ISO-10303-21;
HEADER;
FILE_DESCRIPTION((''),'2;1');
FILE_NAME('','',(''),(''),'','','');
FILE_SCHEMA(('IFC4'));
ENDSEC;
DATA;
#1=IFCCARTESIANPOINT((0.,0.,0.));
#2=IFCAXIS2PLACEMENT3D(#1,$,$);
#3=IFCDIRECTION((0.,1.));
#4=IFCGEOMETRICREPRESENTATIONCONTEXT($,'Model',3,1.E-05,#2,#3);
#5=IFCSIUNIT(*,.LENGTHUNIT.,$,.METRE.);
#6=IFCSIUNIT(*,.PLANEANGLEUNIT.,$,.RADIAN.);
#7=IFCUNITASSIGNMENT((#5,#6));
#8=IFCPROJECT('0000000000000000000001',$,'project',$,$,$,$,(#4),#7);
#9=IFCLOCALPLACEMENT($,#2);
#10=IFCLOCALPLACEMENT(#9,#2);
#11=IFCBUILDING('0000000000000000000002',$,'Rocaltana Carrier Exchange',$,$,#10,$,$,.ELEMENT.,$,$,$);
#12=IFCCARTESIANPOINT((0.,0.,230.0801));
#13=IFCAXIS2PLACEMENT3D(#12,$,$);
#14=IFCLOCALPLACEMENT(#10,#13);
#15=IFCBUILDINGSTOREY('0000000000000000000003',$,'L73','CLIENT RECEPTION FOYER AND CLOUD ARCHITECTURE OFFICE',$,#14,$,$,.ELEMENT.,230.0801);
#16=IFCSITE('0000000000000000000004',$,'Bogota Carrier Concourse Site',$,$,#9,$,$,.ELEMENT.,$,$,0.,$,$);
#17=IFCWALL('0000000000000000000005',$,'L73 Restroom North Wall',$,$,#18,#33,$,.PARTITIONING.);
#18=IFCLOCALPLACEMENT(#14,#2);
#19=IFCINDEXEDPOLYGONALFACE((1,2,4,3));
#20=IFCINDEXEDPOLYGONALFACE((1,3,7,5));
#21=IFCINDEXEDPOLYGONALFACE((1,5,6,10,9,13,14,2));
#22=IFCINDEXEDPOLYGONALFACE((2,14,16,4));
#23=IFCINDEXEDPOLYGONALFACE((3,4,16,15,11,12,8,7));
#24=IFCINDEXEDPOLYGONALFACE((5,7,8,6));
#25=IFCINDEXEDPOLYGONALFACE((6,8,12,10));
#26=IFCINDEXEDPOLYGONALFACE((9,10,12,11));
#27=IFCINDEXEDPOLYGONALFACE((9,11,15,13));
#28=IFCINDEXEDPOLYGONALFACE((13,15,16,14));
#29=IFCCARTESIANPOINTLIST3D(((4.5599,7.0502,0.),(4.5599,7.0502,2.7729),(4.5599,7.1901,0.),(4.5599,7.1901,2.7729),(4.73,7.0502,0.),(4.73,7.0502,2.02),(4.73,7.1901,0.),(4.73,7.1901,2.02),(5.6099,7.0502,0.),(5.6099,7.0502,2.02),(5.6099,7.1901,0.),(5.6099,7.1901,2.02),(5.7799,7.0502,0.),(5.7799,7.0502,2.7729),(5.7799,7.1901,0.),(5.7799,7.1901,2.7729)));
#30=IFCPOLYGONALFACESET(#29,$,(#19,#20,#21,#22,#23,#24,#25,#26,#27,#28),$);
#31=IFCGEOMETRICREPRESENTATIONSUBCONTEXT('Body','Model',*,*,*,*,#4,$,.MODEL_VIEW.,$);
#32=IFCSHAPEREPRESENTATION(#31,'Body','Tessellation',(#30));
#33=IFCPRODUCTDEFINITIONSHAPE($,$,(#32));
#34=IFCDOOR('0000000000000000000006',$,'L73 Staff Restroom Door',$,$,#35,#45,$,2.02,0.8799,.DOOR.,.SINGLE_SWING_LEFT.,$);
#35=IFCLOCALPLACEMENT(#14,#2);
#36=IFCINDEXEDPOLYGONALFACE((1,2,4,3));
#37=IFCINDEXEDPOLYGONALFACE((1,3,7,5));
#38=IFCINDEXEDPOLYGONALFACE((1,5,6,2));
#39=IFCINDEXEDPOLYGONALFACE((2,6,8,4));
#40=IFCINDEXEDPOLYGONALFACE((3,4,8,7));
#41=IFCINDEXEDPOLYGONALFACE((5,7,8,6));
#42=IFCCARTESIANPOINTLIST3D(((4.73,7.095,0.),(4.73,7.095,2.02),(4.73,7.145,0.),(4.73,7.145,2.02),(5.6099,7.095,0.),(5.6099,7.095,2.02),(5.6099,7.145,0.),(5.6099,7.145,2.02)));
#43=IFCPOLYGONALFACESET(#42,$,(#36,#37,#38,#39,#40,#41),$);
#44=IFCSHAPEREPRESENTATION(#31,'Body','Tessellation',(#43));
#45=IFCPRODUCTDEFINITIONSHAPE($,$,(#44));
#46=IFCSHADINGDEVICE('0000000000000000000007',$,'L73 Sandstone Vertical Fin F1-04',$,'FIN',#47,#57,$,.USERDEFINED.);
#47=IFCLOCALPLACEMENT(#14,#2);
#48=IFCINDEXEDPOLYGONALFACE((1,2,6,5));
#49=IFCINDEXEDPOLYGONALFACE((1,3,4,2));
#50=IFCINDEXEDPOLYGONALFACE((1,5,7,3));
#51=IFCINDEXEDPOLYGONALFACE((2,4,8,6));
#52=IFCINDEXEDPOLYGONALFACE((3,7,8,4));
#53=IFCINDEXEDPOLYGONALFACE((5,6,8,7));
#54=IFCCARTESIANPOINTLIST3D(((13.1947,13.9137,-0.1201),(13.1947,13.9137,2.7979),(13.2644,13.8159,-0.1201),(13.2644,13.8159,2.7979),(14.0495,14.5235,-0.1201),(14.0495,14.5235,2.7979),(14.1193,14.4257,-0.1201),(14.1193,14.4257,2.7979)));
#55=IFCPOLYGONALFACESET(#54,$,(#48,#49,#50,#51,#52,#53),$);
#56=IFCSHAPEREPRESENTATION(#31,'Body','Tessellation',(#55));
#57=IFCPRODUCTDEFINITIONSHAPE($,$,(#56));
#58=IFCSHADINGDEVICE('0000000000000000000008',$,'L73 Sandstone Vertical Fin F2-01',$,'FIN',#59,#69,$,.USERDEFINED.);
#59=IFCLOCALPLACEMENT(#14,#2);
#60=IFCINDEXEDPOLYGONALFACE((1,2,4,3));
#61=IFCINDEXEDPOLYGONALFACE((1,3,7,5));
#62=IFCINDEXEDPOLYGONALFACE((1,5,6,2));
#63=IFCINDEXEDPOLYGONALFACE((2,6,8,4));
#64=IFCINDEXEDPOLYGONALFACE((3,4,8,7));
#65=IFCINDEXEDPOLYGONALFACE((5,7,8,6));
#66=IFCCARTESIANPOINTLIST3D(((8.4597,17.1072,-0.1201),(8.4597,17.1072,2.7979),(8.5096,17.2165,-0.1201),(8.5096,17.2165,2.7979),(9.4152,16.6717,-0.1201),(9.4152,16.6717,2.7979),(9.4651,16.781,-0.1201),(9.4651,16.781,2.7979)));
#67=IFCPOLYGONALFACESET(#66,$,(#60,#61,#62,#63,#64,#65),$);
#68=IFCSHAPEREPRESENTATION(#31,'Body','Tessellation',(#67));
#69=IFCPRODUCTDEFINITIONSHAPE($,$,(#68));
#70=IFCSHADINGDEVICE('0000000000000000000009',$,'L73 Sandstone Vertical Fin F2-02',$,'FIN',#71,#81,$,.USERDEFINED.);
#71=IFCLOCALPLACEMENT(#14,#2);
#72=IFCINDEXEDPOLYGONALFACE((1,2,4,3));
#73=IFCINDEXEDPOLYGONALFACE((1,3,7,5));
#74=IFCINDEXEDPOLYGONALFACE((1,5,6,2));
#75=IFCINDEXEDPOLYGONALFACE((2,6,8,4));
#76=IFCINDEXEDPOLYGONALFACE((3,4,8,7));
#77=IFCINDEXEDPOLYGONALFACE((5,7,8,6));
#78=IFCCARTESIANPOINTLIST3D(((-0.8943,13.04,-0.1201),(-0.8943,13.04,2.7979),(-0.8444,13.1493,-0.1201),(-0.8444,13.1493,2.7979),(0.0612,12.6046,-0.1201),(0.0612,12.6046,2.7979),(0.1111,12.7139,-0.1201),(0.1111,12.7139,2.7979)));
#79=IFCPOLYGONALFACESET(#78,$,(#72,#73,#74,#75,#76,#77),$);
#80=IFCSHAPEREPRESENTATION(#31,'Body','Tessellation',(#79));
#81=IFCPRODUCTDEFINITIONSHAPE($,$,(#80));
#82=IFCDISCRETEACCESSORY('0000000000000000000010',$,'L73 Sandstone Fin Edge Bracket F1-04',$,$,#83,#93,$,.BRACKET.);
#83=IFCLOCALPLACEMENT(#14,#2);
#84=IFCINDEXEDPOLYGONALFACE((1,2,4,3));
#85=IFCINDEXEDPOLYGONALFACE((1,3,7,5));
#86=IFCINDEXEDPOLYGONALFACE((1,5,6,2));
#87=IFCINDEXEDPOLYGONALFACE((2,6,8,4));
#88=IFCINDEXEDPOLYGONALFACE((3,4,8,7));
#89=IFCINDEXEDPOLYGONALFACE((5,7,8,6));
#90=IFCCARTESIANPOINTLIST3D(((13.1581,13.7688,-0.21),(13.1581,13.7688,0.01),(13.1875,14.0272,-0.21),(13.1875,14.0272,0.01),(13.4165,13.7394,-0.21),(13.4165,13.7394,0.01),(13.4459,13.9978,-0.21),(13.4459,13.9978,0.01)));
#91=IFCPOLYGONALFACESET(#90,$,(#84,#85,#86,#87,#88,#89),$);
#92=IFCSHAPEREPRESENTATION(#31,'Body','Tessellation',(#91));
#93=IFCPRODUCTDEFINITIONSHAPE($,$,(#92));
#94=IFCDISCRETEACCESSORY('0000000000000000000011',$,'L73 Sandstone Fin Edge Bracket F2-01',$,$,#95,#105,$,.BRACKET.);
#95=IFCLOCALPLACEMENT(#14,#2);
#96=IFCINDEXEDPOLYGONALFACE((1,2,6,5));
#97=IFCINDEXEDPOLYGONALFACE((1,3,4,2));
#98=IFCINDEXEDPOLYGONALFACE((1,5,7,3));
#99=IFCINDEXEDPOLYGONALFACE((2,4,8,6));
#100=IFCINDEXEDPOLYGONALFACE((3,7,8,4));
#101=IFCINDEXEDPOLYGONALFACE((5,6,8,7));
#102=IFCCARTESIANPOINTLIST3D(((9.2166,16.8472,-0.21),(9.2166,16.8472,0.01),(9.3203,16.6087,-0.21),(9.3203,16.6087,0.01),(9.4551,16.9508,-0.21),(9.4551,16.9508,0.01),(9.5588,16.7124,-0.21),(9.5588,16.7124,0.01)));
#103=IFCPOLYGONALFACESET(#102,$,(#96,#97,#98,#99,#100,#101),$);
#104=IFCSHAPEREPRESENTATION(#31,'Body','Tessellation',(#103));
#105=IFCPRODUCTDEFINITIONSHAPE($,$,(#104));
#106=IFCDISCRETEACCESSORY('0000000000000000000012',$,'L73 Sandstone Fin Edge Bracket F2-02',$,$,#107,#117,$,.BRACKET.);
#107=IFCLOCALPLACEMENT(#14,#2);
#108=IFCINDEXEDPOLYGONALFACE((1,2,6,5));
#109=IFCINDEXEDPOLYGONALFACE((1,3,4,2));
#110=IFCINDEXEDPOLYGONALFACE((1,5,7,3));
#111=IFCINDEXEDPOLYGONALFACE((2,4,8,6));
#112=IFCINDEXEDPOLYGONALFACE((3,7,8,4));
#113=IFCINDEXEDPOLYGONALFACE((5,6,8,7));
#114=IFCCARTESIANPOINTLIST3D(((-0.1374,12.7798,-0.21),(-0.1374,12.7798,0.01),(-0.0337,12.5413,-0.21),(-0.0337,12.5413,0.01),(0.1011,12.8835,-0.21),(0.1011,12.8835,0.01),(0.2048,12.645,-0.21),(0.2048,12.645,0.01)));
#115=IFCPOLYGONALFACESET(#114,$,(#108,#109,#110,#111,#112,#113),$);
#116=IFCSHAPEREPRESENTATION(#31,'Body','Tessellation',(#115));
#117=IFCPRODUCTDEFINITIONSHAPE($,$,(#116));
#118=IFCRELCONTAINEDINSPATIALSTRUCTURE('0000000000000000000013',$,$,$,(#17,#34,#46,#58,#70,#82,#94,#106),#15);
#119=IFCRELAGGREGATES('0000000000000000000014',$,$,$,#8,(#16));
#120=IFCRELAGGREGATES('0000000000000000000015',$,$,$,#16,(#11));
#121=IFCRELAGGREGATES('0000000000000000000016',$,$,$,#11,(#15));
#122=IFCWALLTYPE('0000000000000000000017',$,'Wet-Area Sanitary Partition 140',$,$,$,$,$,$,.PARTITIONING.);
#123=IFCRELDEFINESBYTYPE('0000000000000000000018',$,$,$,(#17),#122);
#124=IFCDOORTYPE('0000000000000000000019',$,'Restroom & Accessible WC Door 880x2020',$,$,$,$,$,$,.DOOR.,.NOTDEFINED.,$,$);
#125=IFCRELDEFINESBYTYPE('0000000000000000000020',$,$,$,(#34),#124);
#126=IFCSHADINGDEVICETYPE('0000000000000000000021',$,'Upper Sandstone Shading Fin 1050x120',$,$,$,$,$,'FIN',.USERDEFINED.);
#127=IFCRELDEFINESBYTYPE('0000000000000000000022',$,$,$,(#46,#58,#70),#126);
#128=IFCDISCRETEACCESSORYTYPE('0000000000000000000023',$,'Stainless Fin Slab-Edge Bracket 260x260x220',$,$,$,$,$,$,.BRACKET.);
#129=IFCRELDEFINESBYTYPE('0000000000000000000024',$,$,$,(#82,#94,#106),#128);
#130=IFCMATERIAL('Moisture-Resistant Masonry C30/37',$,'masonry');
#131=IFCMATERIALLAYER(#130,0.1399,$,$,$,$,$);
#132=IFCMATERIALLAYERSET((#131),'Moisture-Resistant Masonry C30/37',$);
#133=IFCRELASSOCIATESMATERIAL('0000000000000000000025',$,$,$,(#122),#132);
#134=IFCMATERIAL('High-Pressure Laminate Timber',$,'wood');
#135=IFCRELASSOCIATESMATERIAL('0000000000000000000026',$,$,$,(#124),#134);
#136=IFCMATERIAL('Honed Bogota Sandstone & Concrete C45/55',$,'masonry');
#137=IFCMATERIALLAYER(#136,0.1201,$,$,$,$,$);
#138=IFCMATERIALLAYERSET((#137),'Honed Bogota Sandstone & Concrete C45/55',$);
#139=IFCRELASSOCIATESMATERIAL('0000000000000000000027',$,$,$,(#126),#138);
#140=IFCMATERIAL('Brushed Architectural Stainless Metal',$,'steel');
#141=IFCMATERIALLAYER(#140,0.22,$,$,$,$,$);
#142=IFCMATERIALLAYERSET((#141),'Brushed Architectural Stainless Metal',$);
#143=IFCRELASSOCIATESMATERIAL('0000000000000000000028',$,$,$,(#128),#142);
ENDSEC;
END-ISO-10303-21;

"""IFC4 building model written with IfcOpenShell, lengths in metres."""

from ifc_helpers import new_model, si_unit, direction, frame, frame_2d, origin, origin_2d, place, context, subcontext, project, spatial, rectangle, extrude, material, layer, layer_set, type_object, element, fill, save


model = new_model("IFC4")

# Units and contexts
model_context = context("Model", 3, precision=1e-05, world=origin(), true_north=direction((0.0, 1.0)))
body_context = subcontext(model_context, "Body", "Model", "MODEL_VIEW")
ifc_project = project(units=[si_unit("LENGTHUNIT", "METRE"), si_unit("PLANEANGLEUNIT", "RADIAN")], contexts=[model_context])

# Site, building, storey
site_placement = place(None, origin())
site = spatial("IfcSite", under=ifc_project, at=site_placement, Name="Bogota Carrier Concourse Site", CompositionType="ELEMENT", RefElevation=0.0)
building_placement = place(site_placement, origin())
building = spatial("IfcBuilding", under=site, at=building_placement, Name="Rocaltana Carrier Exchange", CompositionType="ELEMENT")
storey_placement = place(building_placement, frame((0.0, 0.0, 230.0801)))
storey = spatial("IfcBuildingStorey", under=building, at=storey_placement, Name="L73", Description="CLIENT RECEPTION FOYER AND CLOUD ARCHITECTURE OFFICE", CompositionType="ELEMENT", Elevation=230.0801)

# Wall, opening, door
ifc_material_1 = material(Name="Moisture-Resistant Masonry C30/37", Category="masonry")
ifc_layer_1 = layer(ifc_material_1, 0.1399)
ifc_layer_set_1 = layer_set([ifc_layer_1], Name="Moisture-Resistant Masonry C30/37")
wall_type_1 = type_object("IfcWallType", Name="Wet-Area Sanitary Partition 140", PredefinedType="PARTITIONING", material=ifc_layer_set_1)
wall_1_placement = place(storey_placement, frame((4.5601, 7.1201, 0.0), z_axis=(0.0, 0.0, 1.0), x_axis=(1.0, 0.0, 0.0)))
wall_1 = element("IfcWall", 1, at=wall_1_placement, inside=storey, type_object=wall_type_1, Name="L73 Restroom North Wall", PredefinedType="PARTITIONING", context=body_context, shape_type="SweptSolid", body=[
    extrude(rectangle(XDim=1.22, YDim=0.1399, at=frame_2d((0.6099, 0.0))), origin(), (0.0, 0.0, 1.0), 2.7729),
])
opening_1_placement = place(wall_1_placement, frame((0.1699, 0.0, 0.0)))
opening_1 = element("IfcOpeningElement", 2, at=opening_1_placement, cuts=wall_1, PredefinedType="OPENING", context=body_context, shape_type="SweptSolid", body=[
    extrude(rectangle(XDim=0.8799, YDim=2.02, at=frame_2d((0.4399, 1.01))), frame((0.0, 0.0798, 0.0), z_axis=(0.0, -1.0, 0.0), x_axis=(1.0, 0.0, 0.0)), (0.0, 0.0, 1.0), 0.1599),
])
ifc_material_2 = material(Name="High-Pressure Laminate Timber", Category="wood")
door_type_1 = type_object("IfcDoorType", Name="Restroom & Accessible WC Door 880x2020", OperationType="NOTDEFINED", PredefinedType="DOOR", material=ifc_material_2)
door_1_placement = place(opening_1_placement, origin())
door_1 = element("IfcDoor", 3, at=door_1_placement, inside=storey, type_object=door_type_1, Name="L73 Staff Restroom Door", OperationType="SINGLE_SWING_LEFT", OverallHeight=2.02, OverallWidth=0.8799, PredefinedType="DOOR", context=body_context, shape_type="SweptSolid", body=[
    extrude(rectangle(XDim=0.8799, YDim=2.02, at=frame_2d((0.4399, 1.01))), frame((0.0, 0.0249, 0.0), z_axis=(0.0, -1.0, 0.0), x_axis=(1.0, 0.0, 0.0)), (0.0, 0.0, 1.0), 0.05),
])
fill(opening_1, door_1)

# Shading devices
ifc_material_3 = material(Name="Honed Bogota Sandstone & Concrete C45/55", Category="masonry")
ifc_layer_2 = layer(ifc_material_3, 0.1201)
ifc_layer_set_2 = layer_set([ifc_layer_2], Name="Honed Bogota Sandstone & Concrete C45/55")
shading_device_type = type_object("IfcShadingDeviceType", Name="Upper Sandstone Shading Fin 1050x120", ElementType="FIN", PredefinedType="USERDEFINED", material=ifc_layer_set_2)
for number, where, z_axis, x_axis, name in (
    (4, (13.657, 14.1697, -0.1201), (0.0, 0.0, 1.0), (0.814116, 0.580703, 0.0), "L73 Sandstone Vertical Fin F1-04"),
    (5, (8.9624, 16.9441, -0.1201), (0.0, 0.0, 1.0), (-0.909961, 0.414693, 0.0), "L73 Sandstone Vertical Fin F2-01"),
    (6, (-0.3916, 12.877, -0.1201), (0.0, 0.0, 1.0), (-0.909961, 0.414693, 0.0), "L73 Sandstone Vertical Fin F2-02"),
):
    element("IfcShadingDevice", number, at=place(storey_placement, frame(where, z_axis=z_axis, x_axis=x_axis)), inside=storey, type_object=shading_device_type, Name=name, ObjectType="FIN", PredefinedType="USERDEFINED", context=body_context, shape_type="SweptSolid", body=[
        extrude(rectangle(XDim=1.05, YDim=0.1201, at=origin_2d()), origin(), (0.0, 0.0, 1.0), 2.918),
    ])

# Discrete accessories
ifc_material_4 = material(Name="Brushed Architectural Stainless Metal", Category="steel")
ifc_layer_3 = layer(ifc_material_4, 0.22)
ifc_layer_set_3 = layer_set([ifc_layer_3], Name="Brushed Architectural Stainless Metal")
discrete_accessory_type = type_object("IfcDiscreteAccessoryType", Name="Stainless Fin Slab-Edge Bracket 260x260x220", PredefinedType="BRACKET", material=ifc_layer_set_3)
for number, where, z_axis, x_axis, name in (
    (7, (13.302, 13.8833, -0.21), (0.0, 0.0, 1.0), (0.113203, 0.993572, 0.0), "L73 Sandstone Fin Edge Bracket F1-04"),
    (8, (9.3877, 16.7798, -0.21), (0.0, 0.0, 1.0), (-0.91706, -0.398749, 0.0), "L73 Sandstone Fin Edge Bracket F2-01"),
    (9, (0.0337, 12.7124, -0.21), (0.0, 0.0, 1.0), (-0.91706, -0.398749, 0.0), "L73 Sandstone Fin Edge Bracket F2-02"),
):
    element("IfcDiscreteAccessory", number, at=place(storey_placement, frame(where, z_axis=z_axis, x_axis=x_axis)), inside=storey, type_object=discrete_accessory_type, Name=name, PredefinedType="BRACKET", context=body_context, shape_type="SweptSolid", body=[
        extrude(rectangle(XDim=0.26, YDim=0.26, at=origin_2d()), origin(), (0.0, 0.0, 1.0), 0.22),
    ])

save(model, "model.ifc")
